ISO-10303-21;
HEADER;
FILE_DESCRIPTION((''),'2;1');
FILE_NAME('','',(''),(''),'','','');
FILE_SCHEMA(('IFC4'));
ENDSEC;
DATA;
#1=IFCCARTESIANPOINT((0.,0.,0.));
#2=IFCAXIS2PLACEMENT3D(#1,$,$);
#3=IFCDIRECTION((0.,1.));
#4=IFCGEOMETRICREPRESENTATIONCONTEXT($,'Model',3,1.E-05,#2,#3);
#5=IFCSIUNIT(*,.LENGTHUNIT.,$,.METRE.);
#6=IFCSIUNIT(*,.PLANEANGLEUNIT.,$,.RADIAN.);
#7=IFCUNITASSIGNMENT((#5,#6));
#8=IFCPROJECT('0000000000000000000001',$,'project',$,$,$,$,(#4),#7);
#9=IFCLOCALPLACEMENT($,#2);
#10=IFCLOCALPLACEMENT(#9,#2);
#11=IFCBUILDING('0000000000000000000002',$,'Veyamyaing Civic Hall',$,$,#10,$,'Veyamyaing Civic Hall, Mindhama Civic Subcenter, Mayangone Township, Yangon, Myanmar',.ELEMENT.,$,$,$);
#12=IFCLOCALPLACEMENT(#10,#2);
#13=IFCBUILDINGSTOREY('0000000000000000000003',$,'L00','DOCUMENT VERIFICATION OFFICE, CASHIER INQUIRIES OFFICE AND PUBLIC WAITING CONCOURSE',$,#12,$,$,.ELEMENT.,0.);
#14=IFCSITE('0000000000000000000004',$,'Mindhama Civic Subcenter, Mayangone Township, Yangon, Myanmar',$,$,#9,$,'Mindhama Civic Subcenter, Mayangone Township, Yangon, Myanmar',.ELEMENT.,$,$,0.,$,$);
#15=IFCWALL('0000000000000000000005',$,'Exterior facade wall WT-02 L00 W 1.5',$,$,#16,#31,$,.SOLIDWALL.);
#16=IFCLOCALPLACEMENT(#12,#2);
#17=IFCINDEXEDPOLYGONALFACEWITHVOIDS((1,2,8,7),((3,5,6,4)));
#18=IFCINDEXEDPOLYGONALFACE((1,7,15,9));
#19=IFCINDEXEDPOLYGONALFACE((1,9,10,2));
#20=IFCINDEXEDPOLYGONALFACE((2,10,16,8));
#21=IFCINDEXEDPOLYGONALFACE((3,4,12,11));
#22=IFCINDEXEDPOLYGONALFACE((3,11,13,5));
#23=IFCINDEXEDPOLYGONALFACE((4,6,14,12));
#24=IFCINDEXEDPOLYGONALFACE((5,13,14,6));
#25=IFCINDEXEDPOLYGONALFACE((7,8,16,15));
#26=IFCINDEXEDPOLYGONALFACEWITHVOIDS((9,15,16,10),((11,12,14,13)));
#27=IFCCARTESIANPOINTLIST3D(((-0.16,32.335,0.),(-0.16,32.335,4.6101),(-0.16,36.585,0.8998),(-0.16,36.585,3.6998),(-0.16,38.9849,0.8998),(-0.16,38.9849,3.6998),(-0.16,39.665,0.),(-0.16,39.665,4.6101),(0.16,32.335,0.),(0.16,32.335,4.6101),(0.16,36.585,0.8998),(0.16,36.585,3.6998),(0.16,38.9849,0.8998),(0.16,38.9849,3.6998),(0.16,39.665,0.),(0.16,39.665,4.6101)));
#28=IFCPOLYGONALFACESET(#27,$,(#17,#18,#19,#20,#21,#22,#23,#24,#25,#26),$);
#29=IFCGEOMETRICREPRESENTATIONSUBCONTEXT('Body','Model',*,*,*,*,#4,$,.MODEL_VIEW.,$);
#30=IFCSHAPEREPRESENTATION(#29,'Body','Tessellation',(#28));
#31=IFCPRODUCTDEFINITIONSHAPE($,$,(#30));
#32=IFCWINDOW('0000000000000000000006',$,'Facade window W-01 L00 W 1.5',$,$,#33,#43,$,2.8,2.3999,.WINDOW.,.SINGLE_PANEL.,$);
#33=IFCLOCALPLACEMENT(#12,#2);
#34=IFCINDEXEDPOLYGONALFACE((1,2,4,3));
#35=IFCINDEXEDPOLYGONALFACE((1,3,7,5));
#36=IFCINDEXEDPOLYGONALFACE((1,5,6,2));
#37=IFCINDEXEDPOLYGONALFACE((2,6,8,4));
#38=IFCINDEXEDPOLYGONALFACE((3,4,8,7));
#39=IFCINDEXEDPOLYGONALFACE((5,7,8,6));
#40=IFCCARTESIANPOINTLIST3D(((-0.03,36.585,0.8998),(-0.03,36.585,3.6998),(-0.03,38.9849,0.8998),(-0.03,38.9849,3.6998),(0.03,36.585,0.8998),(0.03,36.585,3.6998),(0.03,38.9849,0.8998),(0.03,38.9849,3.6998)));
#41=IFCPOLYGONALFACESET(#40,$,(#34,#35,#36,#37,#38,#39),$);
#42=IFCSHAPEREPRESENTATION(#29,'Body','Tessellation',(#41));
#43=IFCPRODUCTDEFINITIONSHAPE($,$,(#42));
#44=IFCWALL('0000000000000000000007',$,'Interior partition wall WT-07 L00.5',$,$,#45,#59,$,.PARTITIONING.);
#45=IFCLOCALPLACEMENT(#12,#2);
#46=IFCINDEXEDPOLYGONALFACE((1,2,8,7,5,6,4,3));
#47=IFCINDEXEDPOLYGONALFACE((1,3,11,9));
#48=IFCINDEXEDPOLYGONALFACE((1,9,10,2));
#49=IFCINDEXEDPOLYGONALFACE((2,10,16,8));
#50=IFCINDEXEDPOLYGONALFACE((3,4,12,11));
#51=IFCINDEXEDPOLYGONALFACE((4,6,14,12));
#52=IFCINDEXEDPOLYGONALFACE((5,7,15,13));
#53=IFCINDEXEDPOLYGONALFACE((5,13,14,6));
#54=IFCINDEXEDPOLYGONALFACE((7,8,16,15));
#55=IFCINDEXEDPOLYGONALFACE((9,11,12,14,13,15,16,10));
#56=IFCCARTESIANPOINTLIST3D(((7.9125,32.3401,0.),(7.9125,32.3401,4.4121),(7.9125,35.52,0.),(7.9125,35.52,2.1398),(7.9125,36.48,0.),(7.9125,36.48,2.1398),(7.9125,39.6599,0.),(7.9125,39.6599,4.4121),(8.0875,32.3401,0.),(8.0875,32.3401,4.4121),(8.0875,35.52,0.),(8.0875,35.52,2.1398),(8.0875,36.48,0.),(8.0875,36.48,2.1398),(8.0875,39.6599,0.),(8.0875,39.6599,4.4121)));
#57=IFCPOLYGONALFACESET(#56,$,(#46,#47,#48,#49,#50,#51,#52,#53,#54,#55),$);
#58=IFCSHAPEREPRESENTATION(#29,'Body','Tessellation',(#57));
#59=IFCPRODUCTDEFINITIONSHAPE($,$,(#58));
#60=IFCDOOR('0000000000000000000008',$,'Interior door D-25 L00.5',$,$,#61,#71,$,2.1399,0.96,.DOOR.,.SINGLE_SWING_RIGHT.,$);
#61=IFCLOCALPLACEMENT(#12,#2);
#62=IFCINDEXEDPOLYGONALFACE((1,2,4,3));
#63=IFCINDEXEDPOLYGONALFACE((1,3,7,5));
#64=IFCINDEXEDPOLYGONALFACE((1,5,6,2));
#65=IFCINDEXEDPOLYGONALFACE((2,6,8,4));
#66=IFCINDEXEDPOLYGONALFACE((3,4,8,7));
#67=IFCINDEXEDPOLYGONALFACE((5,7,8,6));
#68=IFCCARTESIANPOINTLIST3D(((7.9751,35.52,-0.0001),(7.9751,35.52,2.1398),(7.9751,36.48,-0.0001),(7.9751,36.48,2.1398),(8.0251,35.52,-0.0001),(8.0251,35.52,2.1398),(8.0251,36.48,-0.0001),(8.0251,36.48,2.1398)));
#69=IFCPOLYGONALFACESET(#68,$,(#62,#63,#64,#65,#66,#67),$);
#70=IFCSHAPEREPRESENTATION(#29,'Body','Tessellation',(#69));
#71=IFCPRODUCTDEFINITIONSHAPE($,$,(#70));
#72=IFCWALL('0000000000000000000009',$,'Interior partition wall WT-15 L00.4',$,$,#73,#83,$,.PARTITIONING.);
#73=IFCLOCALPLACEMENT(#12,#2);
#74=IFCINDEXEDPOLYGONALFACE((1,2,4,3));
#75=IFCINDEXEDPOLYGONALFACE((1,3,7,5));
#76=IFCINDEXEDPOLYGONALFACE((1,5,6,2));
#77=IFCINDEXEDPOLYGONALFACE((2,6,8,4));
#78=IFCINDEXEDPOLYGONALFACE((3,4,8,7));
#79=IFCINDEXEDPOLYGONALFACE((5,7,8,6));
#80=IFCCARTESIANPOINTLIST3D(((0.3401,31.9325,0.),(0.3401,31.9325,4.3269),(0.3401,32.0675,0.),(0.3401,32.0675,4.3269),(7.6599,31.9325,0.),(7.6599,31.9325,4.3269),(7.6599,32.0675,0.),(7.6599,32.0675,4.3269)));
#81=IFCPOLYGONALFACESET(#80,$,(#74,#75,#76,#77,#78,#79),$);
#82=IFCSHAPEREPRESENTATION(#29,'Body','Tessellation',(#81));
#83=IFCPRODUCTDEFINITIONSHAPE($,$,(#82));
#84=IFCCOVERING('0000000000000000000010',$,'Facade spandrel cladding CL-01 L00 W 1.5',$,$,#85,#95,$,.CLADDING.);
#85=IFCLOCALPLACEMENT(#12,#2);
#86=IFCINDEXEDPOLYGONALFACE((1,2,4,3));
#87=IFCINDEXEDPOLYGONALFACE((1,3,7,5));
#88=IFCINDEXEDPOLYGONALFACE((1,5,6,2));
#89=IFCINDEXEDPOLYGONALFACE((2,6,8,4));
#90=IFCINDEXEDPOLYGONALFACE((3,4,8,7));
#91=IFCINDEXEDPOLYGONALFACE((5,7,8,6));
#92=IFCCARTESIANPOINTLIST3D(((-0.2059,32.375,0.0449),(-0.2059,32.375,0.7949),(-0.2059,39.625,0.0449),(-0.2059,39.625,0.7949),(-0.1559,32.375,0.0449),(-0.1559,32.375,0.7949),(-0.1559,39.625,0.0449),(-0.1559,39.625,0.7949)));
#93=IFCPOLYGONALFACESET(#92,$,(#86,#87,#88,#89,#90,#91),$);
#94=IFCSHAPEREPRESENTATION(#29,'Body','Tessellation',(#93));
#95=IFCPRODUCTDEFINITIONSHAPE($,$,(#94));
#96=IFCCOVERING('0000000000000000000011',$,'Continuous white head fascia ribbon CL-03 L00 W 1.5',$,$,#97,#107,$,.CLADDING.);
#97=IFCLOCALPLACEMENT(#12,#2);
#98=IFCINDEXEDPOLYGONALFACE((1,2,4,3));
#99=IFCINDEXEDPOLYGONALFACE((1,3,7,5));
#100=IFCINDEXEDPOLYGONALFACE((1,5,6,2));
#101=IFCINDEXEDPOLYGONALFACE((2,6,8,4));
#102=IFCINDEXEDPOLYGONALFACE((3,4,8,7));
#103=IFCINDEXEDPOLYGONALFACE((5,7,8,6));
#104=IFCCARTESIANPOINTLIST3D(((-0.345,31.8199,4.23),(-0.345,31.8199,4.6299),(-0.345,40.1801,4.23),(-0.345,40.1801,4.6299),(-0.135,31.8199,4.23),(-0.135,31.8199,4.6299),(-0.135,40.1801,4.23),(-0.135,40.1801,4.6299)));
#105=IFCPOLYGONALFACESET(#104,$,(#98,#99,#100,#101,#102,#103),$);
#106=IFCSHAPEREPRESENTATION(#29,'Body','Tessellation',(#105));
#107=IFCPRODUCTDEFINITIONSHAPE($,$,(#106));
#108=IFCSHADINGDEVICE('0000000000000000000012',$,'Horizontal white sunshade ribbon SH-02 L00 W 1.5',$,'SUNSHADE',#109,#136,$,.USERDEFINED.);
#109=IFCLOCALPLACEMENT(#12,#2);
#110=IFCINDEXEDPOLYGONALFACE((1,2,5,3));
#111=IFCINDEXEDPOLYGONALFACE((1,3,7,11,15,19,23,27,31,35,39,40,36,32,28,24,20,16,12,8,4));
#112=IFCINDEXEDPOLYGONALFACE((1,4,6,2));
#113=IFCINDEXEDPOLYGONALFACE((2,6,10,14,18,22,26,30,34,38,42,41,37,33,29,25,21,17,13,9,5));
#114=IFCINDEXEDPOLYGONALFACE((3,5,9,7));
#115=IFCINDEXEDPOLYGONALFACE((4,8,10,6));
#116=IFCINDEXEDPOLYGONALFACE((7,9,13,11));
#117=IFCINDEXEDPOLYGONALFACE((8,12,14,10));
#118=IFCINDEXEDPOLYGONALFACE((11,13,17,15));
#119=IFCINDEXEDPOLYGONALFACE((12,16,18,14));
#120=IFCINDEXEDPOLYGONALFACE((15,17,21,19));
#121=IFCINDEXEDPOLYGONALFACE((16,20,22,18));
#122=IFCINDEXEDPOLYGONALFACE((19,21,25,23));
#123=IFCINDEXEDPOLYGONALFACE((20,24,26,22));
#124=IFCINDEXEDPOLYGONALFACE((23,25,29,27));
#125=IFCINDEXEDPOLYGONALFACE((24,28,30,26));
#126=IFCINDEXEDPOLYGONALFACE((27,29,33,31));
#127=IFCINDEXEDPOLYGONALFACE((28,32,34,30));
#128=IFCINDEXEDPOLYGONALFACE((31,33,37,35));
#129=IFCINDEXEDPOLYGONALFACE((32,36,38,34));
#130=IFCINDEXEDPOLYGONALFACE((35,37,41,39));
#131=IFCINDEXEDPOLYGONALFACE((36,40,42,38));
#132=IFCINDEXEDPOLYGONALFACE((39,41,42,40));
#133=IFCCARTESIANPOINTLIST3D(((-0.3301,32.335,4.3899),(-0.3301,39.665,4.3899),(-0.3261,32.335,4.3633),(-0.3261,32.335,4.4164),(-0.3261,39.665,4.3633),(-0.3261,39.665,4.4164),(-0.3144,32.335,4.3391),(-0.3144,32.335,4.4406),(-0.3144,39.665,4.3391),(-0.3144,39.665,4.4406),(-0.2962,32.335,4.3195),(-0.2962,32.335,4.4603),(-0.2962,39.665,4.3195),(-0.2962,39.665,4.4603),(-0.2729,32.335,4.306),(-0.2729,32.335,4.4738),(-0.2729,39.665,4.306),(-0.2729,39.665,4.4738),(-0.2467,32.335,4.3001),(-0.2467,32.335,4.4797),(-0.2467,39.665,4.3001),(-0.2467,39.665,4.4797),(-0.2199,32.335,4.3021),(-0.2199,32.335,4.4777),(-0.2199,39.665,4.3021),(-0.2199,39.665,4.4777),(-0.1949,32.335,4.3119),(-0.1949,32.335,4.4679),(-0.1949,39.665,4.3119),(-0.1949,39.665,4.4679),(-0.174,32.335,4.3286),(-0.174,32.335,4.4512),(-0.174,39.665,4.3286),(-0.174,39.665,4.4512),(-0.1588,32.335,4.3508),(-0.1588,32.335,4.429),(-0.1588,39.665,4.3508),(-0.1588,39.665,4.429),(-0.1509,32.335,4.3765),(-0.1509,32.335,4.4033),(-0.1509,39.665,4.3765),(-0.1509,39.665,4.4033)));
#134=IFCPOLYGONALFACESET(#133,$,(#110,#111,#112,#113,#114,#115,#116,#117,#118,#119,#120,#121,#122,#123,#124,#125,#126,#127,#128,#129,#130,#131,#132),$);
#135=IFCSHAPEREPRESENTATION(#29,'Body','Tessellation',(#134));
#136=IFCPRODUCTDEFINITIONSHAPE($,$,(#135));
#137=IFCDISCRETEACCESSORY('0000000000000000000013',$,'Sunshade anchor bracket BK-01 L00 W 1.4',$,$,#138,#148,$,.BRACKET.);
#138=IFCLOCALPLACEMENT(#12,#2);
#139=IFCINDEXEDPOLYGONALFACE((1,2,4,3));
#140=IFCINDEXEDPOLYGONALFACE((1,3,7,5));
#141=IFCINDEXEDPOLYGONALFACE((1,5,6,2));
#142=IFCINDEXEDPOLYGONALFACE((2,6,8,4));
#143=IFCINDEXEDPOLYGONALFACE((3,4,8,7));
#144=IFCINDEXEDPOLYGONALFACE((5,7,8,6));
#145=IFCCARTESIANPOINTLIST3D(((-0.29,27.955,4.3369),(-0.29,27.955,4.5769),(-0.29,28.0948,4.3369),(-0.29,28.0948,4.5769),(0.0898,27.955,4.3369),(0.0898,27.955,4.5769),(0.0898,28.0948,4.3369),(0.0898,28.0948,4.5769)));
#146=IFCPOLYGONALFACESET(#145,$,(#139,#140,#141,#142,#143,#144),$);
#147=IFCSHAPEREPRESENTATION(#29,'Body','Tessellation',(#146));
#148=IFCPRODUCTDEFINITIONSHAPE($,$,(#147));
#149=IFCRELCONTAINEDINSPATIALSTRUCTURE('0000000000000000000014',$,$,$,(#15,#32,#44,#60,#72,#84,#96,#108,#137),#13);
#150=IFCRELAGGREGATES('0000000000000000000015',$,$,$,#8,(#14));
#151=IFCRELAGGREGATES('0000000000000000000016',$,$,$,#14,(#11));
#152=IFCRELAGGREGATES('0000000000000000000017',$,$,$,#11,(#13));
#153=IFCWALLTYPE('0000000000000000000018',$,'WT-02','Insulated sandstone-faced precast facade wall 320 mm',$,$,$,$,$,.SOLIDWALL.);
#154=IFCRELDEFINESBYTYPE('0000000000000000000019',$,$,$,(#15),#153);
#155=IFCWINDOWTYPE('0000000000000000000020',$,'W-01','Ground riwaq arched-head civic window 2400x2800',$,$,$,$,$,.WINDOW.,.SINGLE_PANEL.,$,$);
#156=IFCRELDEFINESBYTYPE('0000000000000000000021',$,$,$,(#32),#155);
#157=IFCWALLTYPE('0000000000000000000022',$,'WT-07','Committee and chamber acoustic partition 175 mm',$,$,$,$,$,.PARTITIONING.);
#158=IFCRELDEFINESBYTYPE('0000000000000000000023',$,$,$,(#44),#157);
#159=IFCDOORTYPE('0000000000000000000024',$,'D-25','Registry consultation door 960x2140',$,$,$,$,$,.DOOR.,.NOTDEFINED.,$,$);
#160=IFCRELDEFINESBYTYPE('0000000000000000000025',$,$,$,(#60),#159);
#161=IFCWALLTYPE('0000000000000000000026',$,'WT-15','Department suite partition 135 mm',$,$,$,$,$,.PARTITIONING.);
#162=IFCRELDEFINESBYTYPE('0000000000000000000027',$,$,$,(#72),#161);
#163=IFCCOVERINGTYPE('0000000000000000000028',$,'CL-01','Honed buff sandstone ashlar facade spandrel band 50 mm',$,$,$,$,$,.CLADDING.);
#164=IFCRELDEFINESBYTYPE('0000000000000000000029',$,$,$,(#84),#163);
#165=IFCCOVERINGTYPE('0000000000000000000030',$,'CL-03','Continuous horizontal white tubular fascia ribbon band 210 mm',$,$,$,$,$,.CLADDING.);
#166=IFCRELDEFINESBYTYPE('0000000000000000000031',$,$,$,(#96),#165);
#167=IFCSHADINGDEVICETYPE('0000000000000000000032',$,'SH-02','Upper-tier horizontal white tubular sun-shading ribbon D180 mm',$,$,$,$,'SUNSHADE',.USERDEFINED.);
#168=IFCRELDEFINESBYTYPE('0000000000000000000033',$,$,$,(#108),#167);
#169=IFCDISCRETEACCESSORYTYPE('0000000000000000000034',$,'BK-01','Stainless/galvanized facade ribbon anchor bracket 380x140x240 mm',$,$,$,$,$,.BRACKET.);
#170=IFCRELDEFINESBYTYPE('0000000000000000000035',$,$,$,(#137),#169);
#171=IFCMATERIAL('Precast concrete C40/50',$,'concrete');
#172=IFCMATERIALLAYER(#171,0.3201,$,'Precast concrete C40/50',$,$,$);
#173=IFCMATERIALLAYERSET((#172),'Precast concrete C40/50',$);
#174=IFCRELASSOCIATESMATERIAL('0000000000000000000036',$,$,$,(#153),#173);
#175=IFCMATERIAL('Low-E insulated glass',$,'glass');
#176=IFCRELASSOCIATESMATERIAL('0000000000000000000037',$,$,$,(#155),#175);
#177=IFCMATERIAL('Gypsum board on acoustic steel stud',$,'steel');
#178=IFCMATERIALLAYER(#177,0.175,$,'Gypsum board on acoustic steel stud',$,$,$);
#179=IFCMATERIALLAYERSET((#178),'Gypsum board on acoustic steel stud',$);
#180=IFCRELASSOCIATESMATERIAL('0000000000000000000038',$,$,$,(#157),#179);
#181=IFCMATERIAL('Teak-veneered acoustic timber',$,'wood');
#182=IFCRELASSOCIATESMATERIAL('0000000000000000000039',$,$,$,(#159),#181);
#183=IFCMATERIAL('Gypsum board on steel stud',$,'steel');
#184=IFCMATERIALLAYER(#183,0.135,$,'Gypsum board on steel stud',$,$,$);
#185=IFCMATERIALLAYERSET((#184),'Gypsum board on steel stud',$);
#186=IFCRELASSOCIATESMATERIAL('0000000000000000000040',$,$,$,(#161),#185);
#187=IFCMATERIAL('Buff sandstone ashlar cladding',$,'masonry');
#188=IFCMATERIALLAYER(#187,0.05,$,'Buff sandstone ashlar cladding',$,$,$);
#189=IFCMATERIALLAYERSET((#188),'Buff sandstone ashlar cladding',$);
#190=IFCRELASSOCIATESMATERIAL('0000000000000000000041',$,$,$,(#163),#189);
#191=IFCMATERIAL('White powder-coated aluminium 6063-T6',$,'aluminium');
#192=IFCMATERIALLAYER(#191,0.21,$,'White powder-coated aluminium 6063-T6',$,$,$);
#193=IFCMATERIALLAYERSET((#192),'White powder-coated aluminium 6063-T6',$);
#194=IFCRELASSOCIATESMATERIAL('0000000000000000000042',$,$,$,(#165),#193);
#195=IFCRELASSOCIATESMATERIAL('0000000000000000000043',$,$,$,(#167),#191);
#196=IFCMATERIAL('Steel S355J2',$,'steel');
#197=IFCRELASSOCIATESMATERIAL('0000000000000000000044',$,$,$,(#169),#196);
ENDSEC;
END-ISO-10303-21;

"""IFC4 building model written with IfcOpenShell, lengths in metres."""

from ifc_helpers import new_model, si_unit, direction, frame, frame_2d, origin, origin_2d, place, context, subcontext, project, spatial, rectangle, circle, extrude, material, layer, layer_set, material_profile, profile_set, type_object, element, fill, save


model = new_model("IFC4")

# Units and contexts
model_context = context("Model", 3, precision=1e-05, world=origin(), true_north=direction((0.0, 1.0)))
body_context = subcontext(model_context, "Body", "Model", "MODEL_VIEW")
ifc_project = project(units=[si_unit("LENGTHUNIT", "METRE"), si_unit("PLANEANGLEUNIT", "RADIAN")], contexts=[model_context])

# Site, building, storey
site_placement = place(None, origin())
site = spatial("IfcSite", under=ifc_project, at=site_placement, Name="Mindhama Civic Subcenter, Mayangone Township, Yangon, Myanmar", LongName="Mindhama Civic Subcenter, Mayangone Township, Yangon, Myanmar", CompositionType="ELEMENT", RefElevation=0.0)
building_placement = place(site_placement, origin())
building = spatial("IfcBuilding", under=site, at=building_placement, Name="Veyamyaing Civic Hall", LongName="Veyamyaing Civic Hall, Mindhama Civic Subcenter, Mayangone Township, Yangon, Myanmar", CompositionType="ELEMENT")
storey_placement = place(building_placement, origin())
storey = spatial("IfcBuildingStorey", under=building, at=storey_placement, Name="L00", Description="DOCUMENT VERIFICATION OFFICE, CASHIER INQUIRIES OFFICE AND PUBLIC WAITING CONCOURSE", CompositionType="ELEMENT", Elevation=0.0)

# Shared definitions
ifc_material_1 = material(Name="Precast concrete C40/50", Category="concrete")

# Wall, opening, window
ifc_layer_1 = layer(ifc_material_1, 0.3201, Name="Precast concrete C40/50")
ifc_layer_set_1 = layer_set([ifc_layer_1], Name="Precast concrete C40/50")
wall_type_1 = type_object("IfcWallType", Name="WT-02", Description="Insulated sandstone-faced precast facade wall 320 mm", PredefinedType="SOLIDWALL", material=ifc_layer_set_1)
wall_1_placement = place(storey_placement, frame((0.0, 32.335, 0.0), z_axis=(0.0, 0.0, 1.0), x_axis=(0.0, 1.0, 0.0)))
wall_1 = element("IfcWall", 1, at=wall_1_placement, inside=storey, type_object=wall_type_1, Name="Exterior facade wall WT-02 L00 W 1.5", PredefinedType="SOLIDWALL", context=body_context, shape_type="SweptSolid", body=[
    extrude(rectangle(XDim=7.3301, YDim=0.3201, at=frame_2d((3.665, 0.0))), origin(), (0.0, 0.0, 1.0), 4.6101),
])
opening_1_placement = place(wall_1_placement, frame((4.25, 0.0, 0.8999)))
opening_1 = element("IfcOpeningElement", 2, at=opening_1_placement, cuts=wall_1, PredefinedType="OPENING", context=body_context, shape_type="SweptSolid", body=[
    extrude(rectangle(XDim=2.3999, YDim=2.8, at=frame_2d((1.2, 1.3999))), frame((0.0, 0.1699, 0.0), z_axis=(0.0, -1.0, 0.0), x_axis=(1.0, 0.0, 0.0)), (0.0, 0.0, 1.0), 0.3401),
])
ifc_material_2 = material(Name="Low-E insulated glass", Category="glass")
window_type = type_object("IfcWindowType", Name="W-01", Description="Ground riwaq arched-head civic window 2400x2800", PartitioningType="SINGLE_PANEL", PredefinedType="WINDOW", material=ifc_material_2)
window_placement = place(opening_1_placement, origin())
window = element("IfcWindow", 3, at=window_placement, inside=storey, type_object=window_type, Name="Facade window W-01 L00 W 1.5", OverallHeight=2.8, OverallWidth=2.3999, PartitioningType="SINGLE_PANEL", PredefinedType="WINDOW", context=body_context, shape_type="SweptSolid", body=[
    extrude(rectangle(XDim=2.3999, YDim=2.8, at=frame_2d((1.2, 1.3999))), frame((0.0, 0.03, 0.0), z_axis=(0.0, -1.0, 0.0), x_axis=(1.0, 0.0, 0.0)), (0.0, 0.0, 1.0), 0.0601),
])
fill(opening_1, window)

# Wall, opening, door
ifc_material_3 = material(Name="Gypsum board on acoustic steel stud", Category="steel")
ifc_layer_2 = layer(ifc_material_3, 0.175, Name="Gypsum board on acoustic steel stud")
ifc_layer_set_2 = layer_set([ifc_layer_2], Name="Gypsum board on acoustic steel stud")
wall_type_2 = type_object("IfcWallType", Name="WT-07", Description="Committee and chamber acoustic partition 175 mm", PredefinedType="PARTITIONING", material=ifc_layer_set_2)
wall_2_placement = place(storey_placement, frame((8.0, 32.3401, 0.0), z_axis=(0.0, 0.0, 1.0), x_axis=(0.0, 1.0, 0.0)))
wall_2 = element("IfcWall", 4, at=wall_2_placement, inside=storey, type_object=wall_type_2, Name="Interior partition wall WT-07 L00.5", PredefinedType="PARTITIONING", context=body_context, shape_type="SweptSolid", body=[
    extrude(rectangle(XDim=7.3198, YDim=0.175, at=frame_2d((3.6599, 0.0))), origin(), (0.0, 0.0, 1.0), 4.4121),
])
opening_2_placement = place(wall_2_placement, frame((3.1799, 0.0, 0.0)))
opening_2 = element("IfcOpeningElement", 5, at=opening_2_placement, cuts=wall_2, PredefinedType="OPENING", context=body_context, shape_type="SweptSolid", body=[
    extrude(rectangle(XDim=0.96, YDim=2.1399, at=frame_2d((0.48, 1.0698))), frame((0.0, 0.0974, 0.0), z_axis=(0.0, -1.0, 0.0), x_axis=(1.0, 0.0, 0.0)), (0.0, 0.0, 1.0), 0.1951),
])
ifc_material_4 = material(Name="Teak-veneered acoustic timber", Category="wood")
door_type = type_object("IfcDoorType", Name="D-25", Description="Registry consultation door 960x2140", OperationType="NOTDEFINED", PredefinedType="DOOR", material=ifc_material_4)
door_placement = place(opening_2_placement, origin())
door = element("IfcDoor", 6, at=door_placement, inside=storey, type_object=door_type, Name="Interior door D-25 L00.5", OperationType="SINGLE_SWING_RIGHT", OverallHeight=2.1399, OverallWidth=0.96, PredefinedType="DOOR", context=body_context, shape_type="SweptSolid", body=[
    extrude(rectangle(XDim=0.96, YDim=2.1399, at=frame_2d((0.48, 1.0698))), frame((0.0, 0.0249, 0.0), z_axis=(0.0, -1.0, 0.0), x_axis=(1.0, 0.0, 0.0)), (0.0, 0.0, 1.0), 0.05),
])
fill(opening_2, door)

# Wall
ifc_material_5 = material(Name="Gypsum board on steel stud", Category="steel")
ifc_layer_3 = layer(ifc_material_5, 0.135, Name="Gypsum board on steel stud")
ifc_layer_set_3 = layer_set([ifc_layer_3], Name="Gypsum board on steel stud")
wall_type_3 = type_object("IfcWallType", Name="WT-15", Description="Department suite partition 135 mm", PredefinedType="PARTITIONING", material=ifc_layer_set_3)
wall_3_placement = place(storey_placement, frame((0.3401, 32.0, 0.0), z_axis=(0.0, 0.0, 1.0), x_axis=(1.0, 0.0, 0.0)))
element("IfcWall", 7, at=wall_3_placement, inside=storey, type_object=wall_type_3, Name="Interior partition wall WT-15 L00.4", PredefinedType="PARTITIONING", context=body_context, shape_type="SweptSolid", body=[
    extrude(rectangle(XDim=7.3198, YDim=0.135, at=frame_2d((3.6599, 0.0))), origin(), (0.0, 0.0, 1.0), 4.3269),
])

# Coverings
ifc_material_6 = material(Name="Buff sandstone ashlar cladding", Category="masonry")
ifc_layer_4 = layer(ifc_material_6, 0.05, Name="Buff sandstone ashlar cladding")
ifc_layer_set_4 = layer_set([ifc_layer_4], Name="Buff sandstone ashlar cladding")
covering_type_1 = type_object("IfcCoveringType", Name="CL-01", Description="Honed buff sandstone ashlar facade spandrel band 50 mm", PredefinedType="CLADDING", material=ifc_layer_set_4)
covering_1_placement = place(storey_placement, frame((-0.1809, 36.0, 0.0449), z_axis=(0.0, 0.0, 1.0), x_axis=(0.0, 1.0, 0.0)))
element("IfcCovering", 8, at=covering_1_placement, inside=storey, type_object=covering_type_1, Name="Facade spandrel cladding CL-01 L00 W 1.5", PredefinedType="CLADDING", context=body_context, shape_type="SweptSolid", body=[
    extrude(rectangle(XDim=7.25, YDim=0.05, at=origin_2d()), origin(), (0.0, 0.0, 1.0), 0.75),
])
ifc_material_7 = material(Name="White powder-coated aluminium 6063-T6", Category="aluminium")
ifc_layer_5 = layer(ifc_material_7, 0.21, Name="White powder-coated aluminium 6063-T6")
ifc_layer_set_5 = layer_set([ifc_layer_5], Name="White powder-coated aluminium 6063-T6")
covering_type_2 = type_object("IfcCoveringType", Name="CL-03", Description="Continuous horizontal white tubular fascia ribbon band 210 mm", PredefinedType="CLADDING", material=ifc_layer_set_5)
covering_2_placement = place(storey_placement, frame((-0.24, 36.0, 4.23), z_axis=(0.0, 0.0, 1.0), x_axis=(0.0, 1.0, 0.0)))
element("IfcCovering", 9, at=covering_2_placement, inside=storey, type_object=covering_type_2, Name="Continuous white head fascia ribbon CL-03 L00 W 1.5", PredefinedType="CLADDING", context=body_context, shape_type="SweptSolid", body=[
    extrude(rectangle(XDim=8.3601, YDim=0.21, at=origin_2d()), origin(), (0.0, 0.0, 1.0), 0.3999),
])

# Shading device
ifc_material_profile_1 = material_profile(ifc_material_7, circle(Radius=0.0901, at=origin_2d()), Name="SHADE-TUBE-180")
ifc_profile_set_1 = profile_set([ifc_material_profile_1], Name="White powder-coated aluminium 6063-T6")
shading_device_type = type_object("IfcShadingDeviceType", Name="SH-02", Description="Upper-tier horizontal white tubular sun-shading ribbon D180 mm", ElementType="SUNSHADE", PredefinedType="USERDEFINED", material=ifc_profile_set_1)
shading_device_placement = place(storey_placement, frame((-0.24, 32.335, 4.3899), z_axis=(0.0, 1.0, 0.0), x_axis=(-1.0, 0.0, 0.0)))
element("IfcShadingDevice", 10, at=shading_device_placement, inside=storey, type_object=shading_device_type, Name="Horizontal white sunshade ribbon SH-02 L00 W 1.5", ObjectType="SUNSHADE", PredefinedType="USERDEFINED", context=body_context, shape_type="SweptSolid", body=[
    extrude(circle(Radius=0.0901, at=origin_2d()), origin(), (0.0, 0.0, 1.0), 7.3301),
])

# Discrete accessory
ifc_material_8 = material(Name="Steel S355J2", Category="steel")
discrete_accessory_type = type_object("IfcDiscreteAccessoryType", Name="BK-01", Description="Stainless/galvanized facade ribbon anchor bracket 380x140x240 mm", PredefinedType="BRACKET", material=ifc_material_8)
discrete_accessory_placement = place(storey_placement, frame((-0.1001, 28.0249, 4.3369), z_axis=(0.0, 0.0, 1.0), x_axis=(-1.0, 0.0, 0.0)))
element("IfcDiscreteAccessory", 11, at=discrete_accessory_placement, inside=storey, type_object=discrete_accessory_type, Name="Sunshade anchor bracket BK-01 L00 W 1.4", PredefinedType="BRACKET", context=body_context, shape_type="SweptSolid", body=[
    extrude(rectangle(XDim=0.3799, YDim=0.1399, at=origin_2d()), origin(), (0.0, 0.0, 1.0), 0.24),
])

save(model, "model.ifc")
